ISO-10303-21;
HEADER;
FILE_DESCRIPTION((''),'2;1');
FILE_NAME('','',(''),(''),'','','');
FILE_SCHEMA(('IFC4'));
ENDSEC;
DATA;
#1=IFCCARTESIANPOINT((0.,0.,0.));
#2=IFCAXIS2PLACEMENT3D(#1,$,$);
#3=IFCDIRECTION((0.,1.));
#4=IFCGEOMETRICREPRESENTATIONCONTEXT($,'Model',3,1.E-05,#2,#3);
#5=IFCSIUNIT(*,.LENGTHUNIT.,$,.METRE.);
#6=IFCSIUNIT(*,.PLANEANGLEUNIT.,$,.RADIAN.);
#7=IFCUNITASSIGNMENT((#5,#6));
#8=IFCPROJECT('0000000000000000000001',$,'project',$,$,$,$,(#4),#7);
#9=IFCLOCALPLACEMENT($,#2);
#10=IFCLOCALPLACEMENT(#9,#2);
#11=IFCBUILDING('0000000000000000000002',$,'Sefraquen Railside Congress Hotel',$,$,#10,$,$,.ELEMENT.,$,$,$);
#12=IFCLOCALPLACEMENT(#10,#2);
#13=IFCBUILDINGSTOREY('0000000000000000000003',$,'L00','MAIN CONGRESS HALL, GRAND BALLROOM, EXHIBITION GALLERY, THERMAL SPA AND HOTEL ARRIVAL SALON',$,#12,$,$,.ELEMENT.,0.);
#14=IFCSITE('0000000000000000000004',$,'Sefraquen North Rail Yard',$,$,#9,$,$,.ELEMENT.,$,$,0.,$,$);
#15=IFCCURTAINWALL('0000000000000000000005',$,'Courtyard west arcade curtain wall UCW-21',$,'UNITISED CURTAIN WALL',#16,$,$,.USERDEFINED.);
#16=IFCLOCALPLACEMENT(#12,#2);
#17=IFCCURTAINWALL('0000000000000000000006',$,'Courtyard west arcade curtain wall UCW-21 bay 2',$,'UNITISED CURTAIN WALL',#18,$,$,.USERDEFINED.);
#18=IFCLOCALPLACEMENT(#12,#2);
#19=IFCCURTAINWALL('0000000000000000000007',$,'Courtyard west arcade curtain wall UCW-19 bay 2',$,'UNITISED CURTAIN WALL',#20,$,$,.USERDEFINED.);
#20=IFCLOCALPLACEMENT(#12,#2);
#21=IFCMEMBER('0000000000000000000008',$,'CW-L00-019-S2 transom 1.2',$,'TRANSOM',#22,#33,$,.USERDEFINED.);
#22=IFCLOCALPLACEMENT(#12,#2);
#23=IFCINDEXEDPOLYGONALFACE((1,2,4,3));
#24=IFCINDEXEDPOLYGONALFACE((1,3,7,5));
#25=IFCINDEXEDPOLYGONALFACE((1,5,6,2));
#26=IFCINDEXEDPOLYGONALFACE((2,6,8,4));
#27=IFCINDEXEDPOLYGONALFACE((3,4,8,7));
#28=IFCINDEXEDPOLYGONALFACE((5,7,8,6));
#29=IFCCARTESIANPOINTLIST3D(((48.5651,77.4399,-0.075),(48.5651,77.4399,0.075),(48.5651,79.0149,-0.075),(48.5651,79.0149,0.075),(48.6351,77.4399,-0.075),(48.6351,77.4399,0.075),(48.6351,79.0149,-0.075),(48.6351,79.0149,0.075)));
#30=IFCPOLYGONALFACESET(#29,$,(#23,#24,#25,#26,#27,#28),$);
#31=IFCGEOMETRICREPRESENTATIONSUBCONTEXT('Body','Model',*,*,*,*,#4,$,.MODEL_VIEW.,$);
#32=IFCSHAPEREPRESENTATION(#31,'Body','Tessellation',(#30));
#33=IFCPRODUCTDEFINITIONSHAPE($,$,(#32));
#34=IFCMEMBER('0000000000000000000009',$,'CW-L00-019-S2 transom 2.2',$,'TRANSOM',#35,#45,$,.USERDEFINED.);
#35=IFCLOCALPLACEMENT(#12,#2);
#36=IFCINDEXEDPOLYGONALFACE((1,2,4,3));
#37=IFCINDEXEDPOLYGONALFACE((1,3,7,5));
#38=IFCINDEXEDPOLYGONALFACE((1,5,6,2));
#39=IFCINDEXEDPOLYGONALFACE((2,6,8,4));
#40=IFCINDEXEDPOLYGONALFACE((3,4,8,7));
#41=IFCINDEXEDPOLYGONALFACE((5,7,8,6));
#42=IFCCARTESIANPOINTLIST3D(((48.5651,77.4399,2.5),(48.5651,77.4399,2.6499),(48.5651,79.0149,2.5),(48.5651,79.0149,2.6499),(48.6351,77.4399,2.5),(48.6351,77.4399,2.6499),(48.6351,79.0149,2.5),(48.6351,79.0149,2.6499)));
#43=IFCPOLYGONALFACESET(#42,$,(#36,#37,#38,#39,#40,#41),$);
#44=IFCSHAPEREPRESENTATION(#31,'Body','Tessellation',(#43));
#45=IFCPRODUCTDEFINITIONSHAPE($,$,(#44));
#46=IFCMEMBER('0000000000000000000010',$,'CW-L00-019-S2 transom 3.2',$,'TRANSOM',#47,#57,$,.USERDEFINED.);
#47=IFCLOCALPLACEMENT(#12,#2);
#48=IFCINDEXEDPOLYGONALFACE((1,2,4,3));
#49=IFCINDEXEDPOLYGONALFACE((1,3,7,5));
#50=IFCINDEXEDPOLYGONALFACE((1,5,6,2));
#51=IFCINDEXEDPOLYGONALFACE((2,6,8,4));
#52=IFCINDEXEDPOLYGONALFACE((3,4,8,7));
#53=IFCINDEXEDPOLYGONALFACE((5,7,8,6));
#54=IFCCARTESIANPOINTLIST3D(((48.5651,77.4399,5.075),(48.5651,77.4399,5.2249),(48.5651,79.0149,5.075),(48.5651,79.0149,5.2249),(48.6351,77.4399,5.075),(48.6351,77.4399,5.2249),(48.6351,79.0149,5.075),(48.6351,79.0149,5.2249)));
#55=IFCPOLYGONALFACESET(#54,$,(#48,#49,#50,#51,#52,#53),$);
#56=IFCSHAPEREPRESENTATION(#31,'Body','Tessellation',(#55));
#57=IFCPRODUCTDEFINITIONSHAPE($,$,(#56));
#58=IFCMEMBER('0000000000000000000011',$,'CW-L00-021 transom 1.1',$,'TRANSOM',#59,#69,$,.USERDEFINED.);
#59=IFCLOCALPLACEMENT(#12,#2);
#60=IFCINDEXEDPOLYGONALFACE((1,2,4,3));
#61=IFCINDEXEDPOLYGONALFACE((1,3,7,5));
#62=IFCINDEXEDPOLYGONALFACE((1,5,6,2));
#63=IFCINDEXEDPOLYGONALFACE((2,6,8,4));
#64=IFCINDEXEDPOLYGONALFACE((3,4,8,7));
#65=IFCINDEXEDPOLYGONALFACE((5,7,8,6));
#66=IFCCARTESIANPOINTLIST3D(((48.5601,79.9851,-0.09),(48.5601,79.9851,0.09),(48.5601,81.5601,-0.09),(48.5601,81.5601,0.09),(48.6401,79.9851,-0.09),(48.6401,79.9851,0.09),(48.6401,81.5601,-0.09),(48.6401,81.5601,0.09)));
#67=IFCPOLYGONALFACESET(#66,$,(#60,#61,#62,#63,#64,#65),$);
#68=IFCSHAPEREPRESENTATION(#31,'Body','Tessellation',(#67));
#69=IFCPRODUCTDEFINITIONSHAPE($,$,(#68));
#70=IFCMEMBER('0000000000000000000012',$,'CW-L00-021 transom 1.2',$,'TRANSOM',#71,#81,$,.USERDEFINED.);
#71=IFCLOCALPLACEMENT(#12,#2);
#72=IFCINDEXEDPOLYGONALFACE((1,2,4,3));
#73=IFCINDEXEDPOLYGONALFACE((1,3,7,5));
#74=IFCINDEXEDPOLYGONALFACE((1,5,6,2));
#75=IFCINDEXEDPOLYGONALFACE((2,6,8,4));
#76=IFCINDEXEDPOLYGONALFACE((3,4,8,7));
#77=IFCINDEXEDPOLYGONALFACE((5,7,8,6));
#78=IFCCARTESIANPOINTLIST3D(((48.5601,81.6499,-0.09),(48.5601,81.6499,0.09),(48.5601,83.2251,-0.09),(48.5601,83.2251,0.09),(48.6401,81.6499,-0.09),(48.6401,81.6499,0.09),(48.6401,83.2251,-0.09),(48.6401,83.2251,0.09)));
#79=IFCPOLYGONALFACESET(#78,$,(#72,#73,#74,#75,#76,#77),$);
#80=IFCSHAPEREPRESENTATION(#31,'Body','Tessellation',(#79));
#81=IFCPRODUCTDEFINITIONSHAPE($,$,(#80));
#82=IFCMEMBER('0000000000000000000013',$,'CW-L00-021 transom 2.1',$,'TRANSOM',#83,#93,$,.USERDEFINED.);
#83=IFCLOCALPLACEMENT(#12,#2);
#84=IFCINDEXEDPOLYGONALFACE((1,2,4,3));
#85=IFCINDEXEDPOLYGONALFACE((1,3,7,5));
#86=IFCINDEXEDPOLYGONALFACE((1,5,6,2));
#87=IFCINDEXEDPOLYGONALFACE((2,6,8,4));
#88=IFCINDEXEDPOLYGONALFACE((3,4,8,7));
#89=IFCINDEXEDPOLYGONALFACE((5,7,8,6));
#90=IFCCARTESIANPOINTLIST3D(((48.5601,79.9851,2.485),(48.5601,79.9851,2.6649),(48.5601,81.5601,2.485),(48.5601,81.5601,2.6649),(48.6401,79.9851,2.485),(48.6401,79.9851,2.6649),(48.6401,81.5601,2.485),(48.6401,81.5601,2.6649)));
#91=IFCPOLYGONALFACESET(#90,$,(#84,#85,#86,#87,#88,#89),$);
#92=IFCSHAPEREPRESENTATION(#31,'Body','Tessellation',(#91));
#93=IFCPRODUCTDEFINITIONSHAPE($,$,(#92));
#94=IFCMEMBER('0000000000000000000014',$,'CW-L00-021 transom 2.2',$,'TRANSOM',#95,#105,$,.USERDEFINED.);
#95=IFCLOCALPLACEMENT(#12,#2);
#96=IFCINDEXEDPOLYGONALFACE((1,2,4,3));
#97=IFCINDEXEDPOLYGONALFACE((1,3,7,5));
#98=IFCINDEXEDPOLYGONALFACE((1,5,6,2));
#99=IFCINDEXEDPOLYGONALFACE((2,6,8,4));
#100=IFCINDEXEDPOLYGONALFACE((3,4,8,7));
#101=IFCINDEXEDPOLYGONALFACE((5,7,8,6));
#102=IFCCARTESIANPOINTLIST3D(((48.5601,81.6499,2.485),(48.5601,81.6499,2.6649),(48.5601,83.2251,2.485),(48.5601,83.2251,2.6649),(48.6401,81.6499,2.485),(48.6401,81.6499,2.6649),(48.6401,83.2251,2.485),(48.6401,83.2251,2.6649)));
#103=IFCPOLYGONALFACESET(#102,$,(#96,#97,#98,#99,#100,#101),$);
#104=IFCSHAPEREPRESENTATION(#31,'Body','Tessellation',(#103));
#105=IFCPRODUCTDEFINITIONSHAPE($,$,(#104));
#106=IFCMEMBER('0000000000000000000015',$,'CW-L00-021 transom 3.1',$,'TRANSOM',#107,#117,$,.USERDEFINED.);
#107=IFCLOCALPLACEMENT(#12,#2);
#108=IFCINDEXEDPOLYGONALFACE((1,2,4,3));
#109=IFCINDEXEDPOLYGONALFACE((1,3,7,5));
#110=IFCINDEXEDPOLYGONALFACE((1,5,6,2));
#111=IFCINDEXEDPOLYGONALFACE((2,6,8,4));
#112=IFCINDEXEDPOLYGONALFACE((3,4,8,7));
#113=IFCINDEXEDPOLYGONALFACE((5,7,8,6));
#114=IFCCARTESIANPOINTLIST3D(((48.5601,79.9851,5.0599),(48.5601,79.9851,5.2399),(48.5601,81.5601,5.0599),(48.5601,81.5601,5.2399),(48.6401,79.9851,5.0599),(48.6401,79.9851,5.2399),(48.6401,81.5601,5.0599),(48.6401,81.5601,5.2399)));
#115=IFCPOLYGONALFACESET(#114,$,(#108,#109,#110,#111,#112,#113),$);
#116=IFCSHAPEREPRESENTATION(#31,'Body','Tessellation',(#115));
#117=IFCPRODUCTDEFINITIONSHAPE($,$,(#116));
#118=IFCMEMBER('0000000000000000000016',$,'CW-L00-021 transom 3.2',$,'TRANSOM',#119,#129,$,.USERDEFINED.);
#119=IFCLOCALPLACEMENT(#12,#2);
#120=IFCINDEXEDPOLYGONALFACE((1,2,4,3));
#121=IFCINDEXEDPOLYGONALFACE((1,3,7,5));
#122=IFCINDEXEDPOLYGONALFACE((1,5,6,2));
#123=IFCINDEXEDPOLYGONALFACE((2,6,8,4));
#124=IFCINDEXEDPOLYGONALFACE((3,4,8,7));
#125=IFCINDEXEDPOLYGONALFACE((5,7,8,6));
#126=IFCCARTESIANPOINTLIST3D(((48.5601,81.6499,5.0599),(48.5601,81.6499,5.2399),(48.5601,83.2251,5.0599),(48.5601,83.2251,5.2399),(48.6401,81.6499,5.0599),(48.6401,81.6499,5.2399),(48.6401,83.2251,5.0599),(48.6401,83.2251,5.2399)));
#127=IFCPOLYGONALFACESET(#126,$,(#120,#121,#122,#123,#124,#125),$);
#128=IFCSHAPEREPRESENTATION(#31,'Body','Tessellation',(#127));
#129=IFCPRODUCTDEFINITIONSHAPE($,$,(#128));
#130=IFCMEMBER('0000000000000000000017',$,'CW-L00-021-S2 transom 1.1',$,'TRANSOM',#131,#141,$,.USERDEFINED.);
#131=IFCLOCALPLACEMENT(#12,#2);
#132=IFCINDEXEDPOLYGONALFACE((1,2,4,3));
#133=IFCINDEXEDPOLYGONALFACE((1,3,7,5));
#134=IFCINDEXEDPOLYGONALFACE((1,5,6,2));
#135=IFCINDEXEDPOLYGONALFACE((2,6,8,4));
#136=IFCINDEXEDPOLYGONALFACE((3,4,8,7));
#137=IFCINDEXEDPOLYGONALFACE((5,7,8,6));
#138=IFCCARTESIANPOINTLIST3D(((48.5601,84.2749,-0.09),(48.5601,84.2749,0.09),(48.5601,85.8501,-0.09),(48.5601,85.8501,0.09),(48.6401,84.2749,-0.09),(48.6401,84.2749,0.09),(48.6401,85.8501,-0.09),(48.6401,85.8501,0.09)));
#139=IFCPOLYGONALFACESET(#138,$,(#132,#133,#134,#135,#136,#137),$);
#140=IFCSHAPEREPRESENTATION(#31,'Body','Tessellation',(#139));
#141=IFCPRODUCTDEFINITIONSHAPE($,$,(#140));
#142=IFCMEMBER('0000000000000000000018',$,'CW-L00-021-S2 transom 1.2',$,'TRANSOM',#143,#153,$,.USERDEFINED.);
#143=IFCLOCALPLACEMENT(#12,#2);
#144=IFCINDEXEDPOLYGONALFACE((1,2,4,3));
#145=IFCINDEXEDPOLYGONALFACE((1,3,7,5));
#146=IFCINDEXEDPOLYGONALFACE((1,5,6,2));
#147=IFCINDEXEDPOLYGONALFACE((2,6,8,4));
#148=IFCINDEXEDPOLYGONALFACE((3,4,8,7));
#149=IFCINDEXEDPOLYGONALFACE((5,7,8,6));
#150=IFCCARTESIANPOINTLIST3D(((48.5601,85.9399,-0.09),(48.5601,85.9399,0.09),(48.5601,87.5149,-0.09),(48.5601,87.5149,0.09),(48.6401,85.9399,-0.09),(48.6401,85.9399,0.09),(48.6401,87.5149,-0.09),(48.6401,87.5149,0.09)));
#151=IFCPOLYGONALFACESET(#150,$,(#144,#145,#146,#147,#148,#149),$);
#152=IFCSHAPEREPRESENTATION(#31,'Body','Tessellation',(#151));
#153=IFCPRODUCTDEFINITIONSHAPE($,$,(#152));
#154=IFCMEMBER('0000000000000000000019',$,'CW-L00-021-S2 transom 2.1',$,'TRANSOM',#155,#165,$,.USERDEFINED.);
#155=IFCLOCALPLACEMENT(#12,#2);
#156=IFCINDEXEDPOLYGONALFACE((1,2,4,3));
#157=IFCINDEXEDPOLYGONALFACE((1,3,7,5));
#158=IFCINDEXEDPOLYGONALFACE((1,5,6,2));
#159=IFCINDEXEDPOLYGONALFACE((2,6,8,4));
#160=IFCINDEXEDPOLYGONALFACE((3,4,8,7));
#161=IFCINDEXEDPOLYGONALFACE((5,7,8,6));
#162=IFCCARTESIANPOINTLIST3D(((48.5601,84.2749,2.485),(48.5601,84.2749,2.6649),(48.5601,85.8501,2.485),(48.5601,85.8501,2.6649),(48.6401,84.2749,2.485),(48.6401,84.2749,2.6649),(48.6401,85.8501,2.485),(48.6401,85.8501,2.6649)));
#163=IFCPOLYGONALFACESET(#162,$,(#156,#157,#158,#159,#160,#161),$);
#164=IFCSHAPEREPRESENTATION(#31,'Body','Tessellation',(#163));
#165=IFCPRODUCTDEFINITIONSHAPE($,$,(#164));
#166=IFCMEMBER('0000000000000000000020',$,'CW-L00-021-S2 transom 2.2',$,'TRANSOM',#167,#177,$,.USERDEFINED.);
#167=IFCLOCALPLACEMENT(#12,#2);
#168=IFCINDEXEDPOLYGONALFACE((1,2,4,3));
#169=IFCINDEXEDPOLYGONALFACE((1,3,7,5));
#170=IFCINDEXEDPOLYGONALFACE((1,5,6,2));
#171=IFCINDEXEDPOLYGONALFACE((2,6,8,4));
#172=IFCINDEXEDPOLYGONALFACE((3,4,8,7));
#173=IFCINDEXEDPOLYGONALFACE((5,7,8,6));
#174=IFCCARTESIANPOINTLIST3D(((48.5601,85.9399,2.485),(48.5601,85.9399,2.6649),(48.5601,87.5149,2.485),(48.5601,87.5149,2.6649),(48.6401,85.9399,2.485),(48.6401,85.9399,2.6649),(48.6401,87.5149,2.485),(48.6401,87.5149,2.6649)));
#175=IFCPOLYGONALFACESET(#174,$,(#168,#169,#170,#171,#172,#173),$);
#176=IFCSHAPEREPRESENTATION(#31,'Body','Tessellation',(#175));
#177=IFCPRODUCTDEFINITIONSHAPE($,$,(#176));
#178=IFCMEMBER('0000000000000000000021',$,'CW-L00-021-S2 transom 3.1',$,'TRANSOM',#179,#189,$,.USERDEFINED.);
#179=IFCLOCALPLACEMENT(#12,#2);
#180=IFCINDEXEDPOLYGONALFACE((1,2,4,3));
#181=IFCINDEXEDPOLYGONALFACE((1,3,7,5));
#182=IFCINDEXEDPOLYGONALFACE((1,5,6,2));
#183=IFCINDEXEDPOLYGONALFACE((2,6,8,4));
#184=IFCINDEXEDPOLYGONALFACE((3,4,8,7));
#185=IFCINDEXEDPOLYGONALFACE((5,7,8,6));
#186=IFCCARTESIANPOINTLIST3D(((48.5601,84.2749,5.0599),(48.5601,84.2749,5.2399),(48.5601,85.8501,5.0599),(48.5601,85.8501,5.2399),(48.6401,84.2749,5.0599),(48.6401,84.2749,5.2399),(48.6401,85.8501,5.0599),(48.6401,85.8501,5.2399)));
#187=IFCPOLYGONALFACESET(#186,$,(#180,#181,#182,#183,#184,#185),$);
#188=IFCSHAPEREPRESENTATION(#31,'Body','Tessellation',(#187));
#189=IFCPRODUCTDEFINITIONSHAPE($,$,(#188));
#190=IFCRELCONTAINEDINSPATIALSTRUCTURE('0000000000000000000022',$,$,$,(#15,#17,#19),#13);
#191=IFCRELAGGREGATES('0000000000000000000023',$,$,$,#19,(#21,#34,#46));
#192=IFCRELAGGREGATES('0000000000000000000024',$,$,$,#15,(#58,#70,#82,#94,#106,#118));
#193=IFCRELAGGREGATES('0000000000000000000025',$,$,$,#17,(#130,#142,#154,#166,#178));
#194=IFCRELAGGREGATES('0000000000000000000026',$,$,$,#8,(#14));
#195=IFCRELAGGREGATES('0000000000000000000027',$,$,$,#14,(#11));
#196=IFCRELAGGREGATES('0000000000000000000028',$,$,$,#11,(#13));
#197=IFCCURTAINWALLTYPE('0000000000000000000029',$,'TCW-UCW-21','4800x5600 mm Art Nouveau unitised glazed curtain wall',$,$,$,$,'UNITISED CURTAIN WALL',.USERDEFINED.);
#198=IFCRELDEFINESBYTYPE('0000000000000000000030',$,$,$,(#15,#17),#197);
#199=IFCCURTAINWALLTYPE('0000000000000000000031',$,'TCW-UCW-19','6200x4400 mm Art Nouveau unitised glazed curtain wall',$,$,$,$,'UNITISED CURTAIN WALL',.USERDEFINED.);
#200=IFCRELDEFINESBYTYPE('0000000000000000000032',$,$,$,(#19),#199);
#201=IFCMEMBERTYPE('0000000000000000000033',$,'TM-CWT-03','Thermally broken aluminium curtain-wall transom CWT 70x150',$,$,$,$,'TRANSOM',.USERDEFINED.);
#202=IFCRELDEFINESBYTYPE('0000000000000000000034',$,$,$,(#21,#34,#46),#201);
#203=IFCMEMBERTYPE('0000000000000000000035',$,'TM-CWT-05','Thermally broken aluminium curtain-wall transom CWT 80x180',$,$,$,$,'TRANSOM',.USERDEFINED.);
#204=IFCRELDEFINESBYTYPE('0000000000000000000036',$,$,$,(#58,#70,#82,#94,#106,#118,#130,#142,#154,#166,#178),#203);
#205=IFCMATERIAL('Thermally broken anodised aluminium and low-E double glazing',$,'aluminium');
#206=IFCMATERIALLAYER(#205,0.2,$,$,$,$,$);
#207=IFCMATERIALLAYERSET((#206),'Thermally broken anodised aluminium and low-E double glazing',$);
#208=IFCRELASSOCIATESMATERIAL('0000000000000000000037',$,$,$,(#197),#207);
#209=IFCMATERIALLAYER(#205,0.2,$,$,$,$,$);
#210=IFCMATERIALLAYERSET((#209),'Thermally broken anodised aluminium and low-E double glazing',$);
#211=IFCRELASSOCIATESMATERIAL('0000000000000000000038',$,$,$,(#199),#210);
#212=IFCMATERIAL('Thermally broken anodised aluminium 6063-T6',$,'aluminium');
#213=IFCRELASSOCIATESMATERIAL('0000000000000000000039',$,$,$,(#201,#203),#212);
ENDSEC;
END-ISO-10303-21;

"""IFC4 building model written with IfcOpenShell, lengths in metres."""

from ifc_helpers import new_model, si_unit, direction, frame, origin, origin_2d, place, context, subcontext, project, spatial, rectangle, extrude, material, layer, layer_set, material_profile, profile_set, type_object, element, aggregate, save


model = new_model("IFC4")

# Units and contexts
model_context = context("Model", 3, precision=1e-05, world=origin(), true_north=direction((0.0, 1.0)))
body_context = subcontext(model_context, "Body", "Model", "MODEL_VIEW")
ifc_project = project(units=[si_unit("LENGTHUNIT", "METRE"), si_unit("PLANEANGLEUNIT", "RADIAN")], contexts=[model_context])

# Site, building, storey
site_placement = place(None, origin())
site = spatial("IfcSite", under=ifc_project, at=site_placement, Name="Sefraquen North Rail Yard", CompositionType="ELEMENT", RefElevation=0.0)
building_placement = place(site_placement, origin())
building = spatial("IfcBuilding", under=site, at=building_placement, Name="Sefraquen Railside Congress Hotel", CompositionType="ELEMENT")
storey_placement = place(building_placement, origin())
storey = spatial("IfcBuildingStorey", under=building, at=storey_placement, Name="L00", Description="MAIN CONGRESS HALL, GRAND BALLROOM, EXHIBITION GALLERY, THERMAL SPA AND HOTEL ARRIVAL SALON", CompositionType="ELEMENT", Elevation=0.0)

# Curtain walls
ifc_material_1 = material(Name="Thermally broken anodised aluminium and low-E double glazing", Category="aluminium")
ifc_layer_1 = layer(ifc_material_1, 0.2)
ifc_layer_set_1 = layer_set([ifc_layer_1], Name="Thermally broken anodised aluminium and low-E double glazing")
curtain_wall_type_1 = type_object("IfcCurtainWallType", Name="TCW-UCW-21", Description="4800x5600 mm Art Nouveau unitised glazed curtain wall", ElementType="UNITISED CURTAIN WALL", PredefinedType="USERDEFINED", material=ifc_layer_set_1)
curtain_wall_1_placement = place(storey_placement, origin())
curtain_wall_1 = element("IfcCurtainWall", 1, at=curtain_wall_1_placement, inside=storey, type_object=curtain_wall_type_1, Name="Courtyard west arcade curtain wall UCW-21", ObjectType="UNITISED CURTAIN WALL", PredefinedType="USERDEFINED")
ifc_material_2 = material(Name="Thermally broken anodised aluminium 6063-T6", Category="aluminium")
curtain_wall_2_placement = place(storey_placement, origin())
curtain_wall_2 = element("IfcCurtainWall", 2, at=curtain_wall_2_placement, inside=storey, type_object=curtain_wall_type_1, Name="Courtyard west arcade curtain wall UCW-21 bay 2", ObjectType="UNITISED CURTAIN WALL", PredefinedType="USERDEFINED")
ifc_layer_2 = layer(ifc_material_1, 0.2)
ifc_layer_set_2 = layer_set([ifc_layer_2], Name="Thermally broken anodised aluminium and low-E double glazing")
curtain_wall_type_2 = type_object("IfcCurtainWallType", Name="TCW-UCW-19", Description="6200x4400 mm Art Nouveau unitised glazed curtain wall", ElementType="UNITISED CURTAIN WALL", PredefinedType="USERDEFINED", material=ifc_layer_set_2)
curtain_wall_3_placement = place(storey_placement, origin())
curtain_wall_3 = element("IfcCurtainWall", 3, at=curtain_wall_3_placement, inside=storey, type_object=curtain_wall_type_2, Name="Courtyard west arcade curtain wall UCW-19 bay 2", ObjectType="UNITISED CURTAIN WALL", PredefinedType="USERDEFINED")

# Members
ifc_material_profile_1 = material_profile(ifc_material_2, rectangle(XDim=0.0701, YDim=0.1499, at=origin_2d()), Name="CWT 70x150")
ifc_profile_set_1 = profile_set([ifc_material_profile_1], Name="Thermally broken anodised aluminium 6063-T6")
member_type_1 = type_object("IfcMemberType", Name="TM-CWT-03", Description="Thermally broken aluminium curtain-wall transom CWT 70x150", ElementType="TRANSOM", PredefinedType="USERDEFINED", material=ifc_profile_set_1)
member_1_placement = place(storey_placement, frame((48.6001, 77.4399, 0.0), z_axis=(0.0, 1.0, 0.0), x_axis=(-1.0, 0.0, 0.0)))
member_1 = element("IfcMember", 4, at=member_1_placement, type_object=member_type_1, Name="CW-L00-019-S2 transom 1.2", ObjectType="TRANSOM", PredefinedType="USERDEFINED", context=body_context, shape_type="SweptSolid", body=[
    extrude(rectangle(XDim=0.0701, YDim=0.1499, at=origin_2d()), origin(), (0.0, 0.0, 1.0), 1.575),
])
member_2_placement = place(storey_placement, frame((48.6001, 77.4399, 2.575), z_axis=(0.0, 1.0, 0.0), x_axis=(-1.0, 0.0, 0.0)))
member_2 = element("IfcMember", 5, at=member_2_placement, type_object=member_type_1, Name="CW-L00-019-S2 transom 2.2", ObjectType="TRANSOM", PredefinedType="USERDEFINED", context=body_context, shape_type="SweptSolid", body=[
    extrude(rectangle(XDim=0.0701, YDim=0.1499, at=origin_2d()), origin(), (0.0, 0.0, 1.0), 1.575),
])
member_3_placement = place(storey_placement, frame((48.6001, 77.4399, 5.1499), z_axis=(0.0, 1.0, 0.0), x_axis=(-1.0, 0.0, 0.0)))
member_3 = element("IfcMember", 6, at=member_3_placement, type_object=member_type_1, Name="CW-L00-019-S2 transom 3.2", ObjectType="TRANSOM", PredefinedType="USERDEFINED", context=body_context, shape_type="SweptSolid", body=[
    extrude(rectangle(XDim=0.0701, YDim=0.1499, at=origin_2d()), origin(), (0.0, 0.0, 1.0), 1.575),
])
ifc_material_profile_2 = material_profile(ifc_material_2, rectangle(XDim=0.0801, YDim=0.1799, at=origin_2d()), Name="CWT 80x180")
ifc_profile_set_2 = profile_set([ifc_material_profile_2], Name="Thermally broken anodised aluminium 6063-T6")
member_type_2 = type_object("IfcMemberType", Name="TM-CWT-05", Description="Thermally broken aluminium curtain-wall transom CWT 80x180", ElementType="TRANSOM", PredefinedType="USERDEFINED", material=ifc_profile_set_2)
member_4_placement = place(storey_placement, frame((48.6001, 79.9851, 0.0), z_axis=(0.0, 1.0, 0.0), x_axis=(-1.0, 0.0, 0.0)))
member_4 = element("IfcMember", 7, at=member_4_placement, type_object=member_type_2, Name="CW-L00-021 transom 1.1", ObjectType="TRANSOM", PredefinedType="USERDEFINED", context=body_context, shape_type="SweptSolid", body=[
    extrude(rectangle(XDim=0.0801, YDim=0.1799, at=origin_2d()), origin(), (0.0, 0.0, 1.0), 1.575),
])
member_5_placement = place(storey_placement, frame((48.6001, 81.6499, 0.0), z_axis=(0.0, 1.0, 0.0), x_axis=(-1.0, 0.0, 0.0)))
member_5 = element("IfcMember", 8, at=member_5_placement, type_object=member_type_2, Name="CW-L00-021 transom 1.2", ObjectType="TRANSOM", PredefinedType="USERDEFINED", context=body_context, shape_type="SweptSolid", body=[
    extrude(rectangle(XDim=0.0801, YDim=0.1799, at=origin_2d()), origin(), (0.0, 0.0, 1.0), 1.5752),
])
member_6_placement = place(storey_placement, frame((48.6001, 79.9851, 2.575), z_axis=(0.0, 1.0, 0.0), x_axis=(-1.0, 0.0, 0.0)))
member_6 = element("IfcMember", 9, at=member_6_placement, type_object=member_type_2, Name="CW-L00-021 transom 2.1", ObjectType="TRANSOM", PredefinedType="USERDEFINED", context=body_context, shape_type="SweptSolid", body=[
    extrude(rectangle(XDim=0.0801, YDim=0.1799, at=origin_2d()), origin(), (0.0, 0.0, 1.0), 1.575),
])
member_7_placement = place(storey_placement, frame((48.6001, 81.6499, 2.575), z_axis=(0.0, 1.0, 0.0), x_axis=(-1.0, 0.0, 0.0)))
member_7 = element("IfcMember", 10, at=member_7_placement, type_object=member_type_2, Name="CW-L00-021 transom 2.2", ObjectType="TRANSOM", PredefinedType="USERDEFINED", context=body_context, shape_type="SweptSolid", body=[
    extrude(rectangle(XDim=0.0801, YDim=0.1799, at=origin_2d()), origin(), (0.0, 0.0, 1.0), 1.5752),
])
member_8_placement = place(storey_placement, frame((48.6001, 79.9851, 5.1499), z_axis=(0.0, 1.0, 0.0), x_axis=(-1.0, 0.0, 0.0)))
member_8 = element("IfcMember", 11, at=member_8_placement, type_object=member_type_2, Name="CW-L00-021 transom 3.1", ObjectType="TRANSOM", PredefinedType="USERDEFINED", context=body_context, shape_type="SweptSolid", body=[
    extrude(rectangle(XDim=0.0801, YDim=0.1799, at=origin_2d()), origin(), (0.0, 0.0, 1.0), 1.575),
])
member_9_placement = place(storey_placement, frame((48.6001, 81.6499, 5.1499), z_axis=(0.0, 1.0, 0.0), x_axis=(-1.0, 0.0, 0.0)))
member_9 = element("IfcMember", 12, at=member_9_placement, type_object=member_type_2, Name="CW-L00-021 transom 3.2", ObjectType="TRANSOM", PredefinedType="USERDEFINED", context=body_context, shape_type="SweptSolid", body=[
    extrude(rectangle(XDim=0.0801, YDim=0.1799, at=origin_2d()), origin(), (0.0, 0.0, 1.0), 1.5752),
])
member_10_placement = place(storey_placement, frame((48.6001, 84.2749, 0.0), z_axis=(0.0, 1.0, 0.0), x_axis=(-1.0, 0.0, 0.0)))
member_10 = element("IfcMember", 13, at=member_10_placement, type_object=member_type_2, Name="CW-L00-021-S2 transom 1.1", ObjectType="TRANSOM", PredefinedType="USERDEFINED", context=body_context, shape_type="SweptSolid", body=[
    extrude(rectangle(XDim=0.0801, YDim=0.1799, at=origin_2d()), origin(), (0.0, 0.0, 1.0), 1.5752),
])
member_11_placement = place(storey_placement, frame((48.6001, 85.9399, 0.0), z_axis=(0.0, 1.0, 0.0), x_axis=(-1.0, 0.0, 0.0)))
member_11 = element("IfcMember", 14, at=member_11_placement, type_object=member_type_2, Name="CW-L00-021-S2 transom 1.2", ObjectType="TRANSOM", PredefinedType="USERDEFINED", context=body_context, shape_type="SweptSolid", body=[
    extrude(rectangle(XDim=0.0801, YDim=0.1799, at=origin_2d()), origin(), (0.0, 0.0, 1.0), 1.575),
])
member_12_placement = place(storey_placement, frame((48.6001, 84.2749, 2.575), z_axis=(0.0, 1.0, 0.0), x_axis=(-1.0, 0.0, 0.0)))
member_12 = element("IfcMember", 15, at=member_12_placement, type_object=member_type_2, Name="CW-L00-021-S2 transom 2.1", ObjectType="TRANSOM", PredefinedType="USERDEFINED", context=body_context, shape_type="SweptSolid", body=[
    extrude(rectangle(XDim=0.0801, YDim=0.1799, at=origin_2d()), origin(), (0.0, 0.0, 1.0), 1.5752),
])
member_13_placement = place(storey_placement, frame((48.6001, 85.9399, 2.575), z_axis=(0.0, 1.0, 0.0), x_axis=(-1.0, 0.0, 0.0)))
member_13 = element("IfcMember", 16, at=member_13_placement, type_object=member_type_2, Name="CW-L00-021-S2 transom 2.2", ObjectType="TRANSOM", PredefinedType="USERDEFINED", context=body_context, shape_type="SweptSolid", body=[
    extrude(rectangle(XDim=0.0801, YDim=0.1799, at=origin_2d()), origin(), (0.0, 0.0, 1.0), 1.575),
])
member_14_placement = place(storey_placement, frame((48.6001, 84.2749, 5.1499), z_axis=(0.0, 1.0, 0.0), x_axis=(-1.0, 0.0, 0.0)))
member_14 = element("IfcMember", 17, at=member_14_placement, type_object=member_type_2, Name="CW-L00-021-S2 transom 3.1", ObjectType="TRANSOM", PredefinedType="USERDEFINED", context=body_context, shape_type="SweptSolid", body=[
    extrude(rectangle(XDim=0.0801, YDim=0.1799, at=origin_2d()), origin(), (0.0, 0.0, 1.0), 1.5752),
])

aggregate(curtain_wall_3, [member_1, member_2, member_3])
aggregate(curtain_wall_1, [member_4, member_5, member_6, member_7, member_8, member_9])
aggregate(curtain_wall_2, [member_10, member_11, member_12, member_13, member_14])

save(model, "model.ifc")
